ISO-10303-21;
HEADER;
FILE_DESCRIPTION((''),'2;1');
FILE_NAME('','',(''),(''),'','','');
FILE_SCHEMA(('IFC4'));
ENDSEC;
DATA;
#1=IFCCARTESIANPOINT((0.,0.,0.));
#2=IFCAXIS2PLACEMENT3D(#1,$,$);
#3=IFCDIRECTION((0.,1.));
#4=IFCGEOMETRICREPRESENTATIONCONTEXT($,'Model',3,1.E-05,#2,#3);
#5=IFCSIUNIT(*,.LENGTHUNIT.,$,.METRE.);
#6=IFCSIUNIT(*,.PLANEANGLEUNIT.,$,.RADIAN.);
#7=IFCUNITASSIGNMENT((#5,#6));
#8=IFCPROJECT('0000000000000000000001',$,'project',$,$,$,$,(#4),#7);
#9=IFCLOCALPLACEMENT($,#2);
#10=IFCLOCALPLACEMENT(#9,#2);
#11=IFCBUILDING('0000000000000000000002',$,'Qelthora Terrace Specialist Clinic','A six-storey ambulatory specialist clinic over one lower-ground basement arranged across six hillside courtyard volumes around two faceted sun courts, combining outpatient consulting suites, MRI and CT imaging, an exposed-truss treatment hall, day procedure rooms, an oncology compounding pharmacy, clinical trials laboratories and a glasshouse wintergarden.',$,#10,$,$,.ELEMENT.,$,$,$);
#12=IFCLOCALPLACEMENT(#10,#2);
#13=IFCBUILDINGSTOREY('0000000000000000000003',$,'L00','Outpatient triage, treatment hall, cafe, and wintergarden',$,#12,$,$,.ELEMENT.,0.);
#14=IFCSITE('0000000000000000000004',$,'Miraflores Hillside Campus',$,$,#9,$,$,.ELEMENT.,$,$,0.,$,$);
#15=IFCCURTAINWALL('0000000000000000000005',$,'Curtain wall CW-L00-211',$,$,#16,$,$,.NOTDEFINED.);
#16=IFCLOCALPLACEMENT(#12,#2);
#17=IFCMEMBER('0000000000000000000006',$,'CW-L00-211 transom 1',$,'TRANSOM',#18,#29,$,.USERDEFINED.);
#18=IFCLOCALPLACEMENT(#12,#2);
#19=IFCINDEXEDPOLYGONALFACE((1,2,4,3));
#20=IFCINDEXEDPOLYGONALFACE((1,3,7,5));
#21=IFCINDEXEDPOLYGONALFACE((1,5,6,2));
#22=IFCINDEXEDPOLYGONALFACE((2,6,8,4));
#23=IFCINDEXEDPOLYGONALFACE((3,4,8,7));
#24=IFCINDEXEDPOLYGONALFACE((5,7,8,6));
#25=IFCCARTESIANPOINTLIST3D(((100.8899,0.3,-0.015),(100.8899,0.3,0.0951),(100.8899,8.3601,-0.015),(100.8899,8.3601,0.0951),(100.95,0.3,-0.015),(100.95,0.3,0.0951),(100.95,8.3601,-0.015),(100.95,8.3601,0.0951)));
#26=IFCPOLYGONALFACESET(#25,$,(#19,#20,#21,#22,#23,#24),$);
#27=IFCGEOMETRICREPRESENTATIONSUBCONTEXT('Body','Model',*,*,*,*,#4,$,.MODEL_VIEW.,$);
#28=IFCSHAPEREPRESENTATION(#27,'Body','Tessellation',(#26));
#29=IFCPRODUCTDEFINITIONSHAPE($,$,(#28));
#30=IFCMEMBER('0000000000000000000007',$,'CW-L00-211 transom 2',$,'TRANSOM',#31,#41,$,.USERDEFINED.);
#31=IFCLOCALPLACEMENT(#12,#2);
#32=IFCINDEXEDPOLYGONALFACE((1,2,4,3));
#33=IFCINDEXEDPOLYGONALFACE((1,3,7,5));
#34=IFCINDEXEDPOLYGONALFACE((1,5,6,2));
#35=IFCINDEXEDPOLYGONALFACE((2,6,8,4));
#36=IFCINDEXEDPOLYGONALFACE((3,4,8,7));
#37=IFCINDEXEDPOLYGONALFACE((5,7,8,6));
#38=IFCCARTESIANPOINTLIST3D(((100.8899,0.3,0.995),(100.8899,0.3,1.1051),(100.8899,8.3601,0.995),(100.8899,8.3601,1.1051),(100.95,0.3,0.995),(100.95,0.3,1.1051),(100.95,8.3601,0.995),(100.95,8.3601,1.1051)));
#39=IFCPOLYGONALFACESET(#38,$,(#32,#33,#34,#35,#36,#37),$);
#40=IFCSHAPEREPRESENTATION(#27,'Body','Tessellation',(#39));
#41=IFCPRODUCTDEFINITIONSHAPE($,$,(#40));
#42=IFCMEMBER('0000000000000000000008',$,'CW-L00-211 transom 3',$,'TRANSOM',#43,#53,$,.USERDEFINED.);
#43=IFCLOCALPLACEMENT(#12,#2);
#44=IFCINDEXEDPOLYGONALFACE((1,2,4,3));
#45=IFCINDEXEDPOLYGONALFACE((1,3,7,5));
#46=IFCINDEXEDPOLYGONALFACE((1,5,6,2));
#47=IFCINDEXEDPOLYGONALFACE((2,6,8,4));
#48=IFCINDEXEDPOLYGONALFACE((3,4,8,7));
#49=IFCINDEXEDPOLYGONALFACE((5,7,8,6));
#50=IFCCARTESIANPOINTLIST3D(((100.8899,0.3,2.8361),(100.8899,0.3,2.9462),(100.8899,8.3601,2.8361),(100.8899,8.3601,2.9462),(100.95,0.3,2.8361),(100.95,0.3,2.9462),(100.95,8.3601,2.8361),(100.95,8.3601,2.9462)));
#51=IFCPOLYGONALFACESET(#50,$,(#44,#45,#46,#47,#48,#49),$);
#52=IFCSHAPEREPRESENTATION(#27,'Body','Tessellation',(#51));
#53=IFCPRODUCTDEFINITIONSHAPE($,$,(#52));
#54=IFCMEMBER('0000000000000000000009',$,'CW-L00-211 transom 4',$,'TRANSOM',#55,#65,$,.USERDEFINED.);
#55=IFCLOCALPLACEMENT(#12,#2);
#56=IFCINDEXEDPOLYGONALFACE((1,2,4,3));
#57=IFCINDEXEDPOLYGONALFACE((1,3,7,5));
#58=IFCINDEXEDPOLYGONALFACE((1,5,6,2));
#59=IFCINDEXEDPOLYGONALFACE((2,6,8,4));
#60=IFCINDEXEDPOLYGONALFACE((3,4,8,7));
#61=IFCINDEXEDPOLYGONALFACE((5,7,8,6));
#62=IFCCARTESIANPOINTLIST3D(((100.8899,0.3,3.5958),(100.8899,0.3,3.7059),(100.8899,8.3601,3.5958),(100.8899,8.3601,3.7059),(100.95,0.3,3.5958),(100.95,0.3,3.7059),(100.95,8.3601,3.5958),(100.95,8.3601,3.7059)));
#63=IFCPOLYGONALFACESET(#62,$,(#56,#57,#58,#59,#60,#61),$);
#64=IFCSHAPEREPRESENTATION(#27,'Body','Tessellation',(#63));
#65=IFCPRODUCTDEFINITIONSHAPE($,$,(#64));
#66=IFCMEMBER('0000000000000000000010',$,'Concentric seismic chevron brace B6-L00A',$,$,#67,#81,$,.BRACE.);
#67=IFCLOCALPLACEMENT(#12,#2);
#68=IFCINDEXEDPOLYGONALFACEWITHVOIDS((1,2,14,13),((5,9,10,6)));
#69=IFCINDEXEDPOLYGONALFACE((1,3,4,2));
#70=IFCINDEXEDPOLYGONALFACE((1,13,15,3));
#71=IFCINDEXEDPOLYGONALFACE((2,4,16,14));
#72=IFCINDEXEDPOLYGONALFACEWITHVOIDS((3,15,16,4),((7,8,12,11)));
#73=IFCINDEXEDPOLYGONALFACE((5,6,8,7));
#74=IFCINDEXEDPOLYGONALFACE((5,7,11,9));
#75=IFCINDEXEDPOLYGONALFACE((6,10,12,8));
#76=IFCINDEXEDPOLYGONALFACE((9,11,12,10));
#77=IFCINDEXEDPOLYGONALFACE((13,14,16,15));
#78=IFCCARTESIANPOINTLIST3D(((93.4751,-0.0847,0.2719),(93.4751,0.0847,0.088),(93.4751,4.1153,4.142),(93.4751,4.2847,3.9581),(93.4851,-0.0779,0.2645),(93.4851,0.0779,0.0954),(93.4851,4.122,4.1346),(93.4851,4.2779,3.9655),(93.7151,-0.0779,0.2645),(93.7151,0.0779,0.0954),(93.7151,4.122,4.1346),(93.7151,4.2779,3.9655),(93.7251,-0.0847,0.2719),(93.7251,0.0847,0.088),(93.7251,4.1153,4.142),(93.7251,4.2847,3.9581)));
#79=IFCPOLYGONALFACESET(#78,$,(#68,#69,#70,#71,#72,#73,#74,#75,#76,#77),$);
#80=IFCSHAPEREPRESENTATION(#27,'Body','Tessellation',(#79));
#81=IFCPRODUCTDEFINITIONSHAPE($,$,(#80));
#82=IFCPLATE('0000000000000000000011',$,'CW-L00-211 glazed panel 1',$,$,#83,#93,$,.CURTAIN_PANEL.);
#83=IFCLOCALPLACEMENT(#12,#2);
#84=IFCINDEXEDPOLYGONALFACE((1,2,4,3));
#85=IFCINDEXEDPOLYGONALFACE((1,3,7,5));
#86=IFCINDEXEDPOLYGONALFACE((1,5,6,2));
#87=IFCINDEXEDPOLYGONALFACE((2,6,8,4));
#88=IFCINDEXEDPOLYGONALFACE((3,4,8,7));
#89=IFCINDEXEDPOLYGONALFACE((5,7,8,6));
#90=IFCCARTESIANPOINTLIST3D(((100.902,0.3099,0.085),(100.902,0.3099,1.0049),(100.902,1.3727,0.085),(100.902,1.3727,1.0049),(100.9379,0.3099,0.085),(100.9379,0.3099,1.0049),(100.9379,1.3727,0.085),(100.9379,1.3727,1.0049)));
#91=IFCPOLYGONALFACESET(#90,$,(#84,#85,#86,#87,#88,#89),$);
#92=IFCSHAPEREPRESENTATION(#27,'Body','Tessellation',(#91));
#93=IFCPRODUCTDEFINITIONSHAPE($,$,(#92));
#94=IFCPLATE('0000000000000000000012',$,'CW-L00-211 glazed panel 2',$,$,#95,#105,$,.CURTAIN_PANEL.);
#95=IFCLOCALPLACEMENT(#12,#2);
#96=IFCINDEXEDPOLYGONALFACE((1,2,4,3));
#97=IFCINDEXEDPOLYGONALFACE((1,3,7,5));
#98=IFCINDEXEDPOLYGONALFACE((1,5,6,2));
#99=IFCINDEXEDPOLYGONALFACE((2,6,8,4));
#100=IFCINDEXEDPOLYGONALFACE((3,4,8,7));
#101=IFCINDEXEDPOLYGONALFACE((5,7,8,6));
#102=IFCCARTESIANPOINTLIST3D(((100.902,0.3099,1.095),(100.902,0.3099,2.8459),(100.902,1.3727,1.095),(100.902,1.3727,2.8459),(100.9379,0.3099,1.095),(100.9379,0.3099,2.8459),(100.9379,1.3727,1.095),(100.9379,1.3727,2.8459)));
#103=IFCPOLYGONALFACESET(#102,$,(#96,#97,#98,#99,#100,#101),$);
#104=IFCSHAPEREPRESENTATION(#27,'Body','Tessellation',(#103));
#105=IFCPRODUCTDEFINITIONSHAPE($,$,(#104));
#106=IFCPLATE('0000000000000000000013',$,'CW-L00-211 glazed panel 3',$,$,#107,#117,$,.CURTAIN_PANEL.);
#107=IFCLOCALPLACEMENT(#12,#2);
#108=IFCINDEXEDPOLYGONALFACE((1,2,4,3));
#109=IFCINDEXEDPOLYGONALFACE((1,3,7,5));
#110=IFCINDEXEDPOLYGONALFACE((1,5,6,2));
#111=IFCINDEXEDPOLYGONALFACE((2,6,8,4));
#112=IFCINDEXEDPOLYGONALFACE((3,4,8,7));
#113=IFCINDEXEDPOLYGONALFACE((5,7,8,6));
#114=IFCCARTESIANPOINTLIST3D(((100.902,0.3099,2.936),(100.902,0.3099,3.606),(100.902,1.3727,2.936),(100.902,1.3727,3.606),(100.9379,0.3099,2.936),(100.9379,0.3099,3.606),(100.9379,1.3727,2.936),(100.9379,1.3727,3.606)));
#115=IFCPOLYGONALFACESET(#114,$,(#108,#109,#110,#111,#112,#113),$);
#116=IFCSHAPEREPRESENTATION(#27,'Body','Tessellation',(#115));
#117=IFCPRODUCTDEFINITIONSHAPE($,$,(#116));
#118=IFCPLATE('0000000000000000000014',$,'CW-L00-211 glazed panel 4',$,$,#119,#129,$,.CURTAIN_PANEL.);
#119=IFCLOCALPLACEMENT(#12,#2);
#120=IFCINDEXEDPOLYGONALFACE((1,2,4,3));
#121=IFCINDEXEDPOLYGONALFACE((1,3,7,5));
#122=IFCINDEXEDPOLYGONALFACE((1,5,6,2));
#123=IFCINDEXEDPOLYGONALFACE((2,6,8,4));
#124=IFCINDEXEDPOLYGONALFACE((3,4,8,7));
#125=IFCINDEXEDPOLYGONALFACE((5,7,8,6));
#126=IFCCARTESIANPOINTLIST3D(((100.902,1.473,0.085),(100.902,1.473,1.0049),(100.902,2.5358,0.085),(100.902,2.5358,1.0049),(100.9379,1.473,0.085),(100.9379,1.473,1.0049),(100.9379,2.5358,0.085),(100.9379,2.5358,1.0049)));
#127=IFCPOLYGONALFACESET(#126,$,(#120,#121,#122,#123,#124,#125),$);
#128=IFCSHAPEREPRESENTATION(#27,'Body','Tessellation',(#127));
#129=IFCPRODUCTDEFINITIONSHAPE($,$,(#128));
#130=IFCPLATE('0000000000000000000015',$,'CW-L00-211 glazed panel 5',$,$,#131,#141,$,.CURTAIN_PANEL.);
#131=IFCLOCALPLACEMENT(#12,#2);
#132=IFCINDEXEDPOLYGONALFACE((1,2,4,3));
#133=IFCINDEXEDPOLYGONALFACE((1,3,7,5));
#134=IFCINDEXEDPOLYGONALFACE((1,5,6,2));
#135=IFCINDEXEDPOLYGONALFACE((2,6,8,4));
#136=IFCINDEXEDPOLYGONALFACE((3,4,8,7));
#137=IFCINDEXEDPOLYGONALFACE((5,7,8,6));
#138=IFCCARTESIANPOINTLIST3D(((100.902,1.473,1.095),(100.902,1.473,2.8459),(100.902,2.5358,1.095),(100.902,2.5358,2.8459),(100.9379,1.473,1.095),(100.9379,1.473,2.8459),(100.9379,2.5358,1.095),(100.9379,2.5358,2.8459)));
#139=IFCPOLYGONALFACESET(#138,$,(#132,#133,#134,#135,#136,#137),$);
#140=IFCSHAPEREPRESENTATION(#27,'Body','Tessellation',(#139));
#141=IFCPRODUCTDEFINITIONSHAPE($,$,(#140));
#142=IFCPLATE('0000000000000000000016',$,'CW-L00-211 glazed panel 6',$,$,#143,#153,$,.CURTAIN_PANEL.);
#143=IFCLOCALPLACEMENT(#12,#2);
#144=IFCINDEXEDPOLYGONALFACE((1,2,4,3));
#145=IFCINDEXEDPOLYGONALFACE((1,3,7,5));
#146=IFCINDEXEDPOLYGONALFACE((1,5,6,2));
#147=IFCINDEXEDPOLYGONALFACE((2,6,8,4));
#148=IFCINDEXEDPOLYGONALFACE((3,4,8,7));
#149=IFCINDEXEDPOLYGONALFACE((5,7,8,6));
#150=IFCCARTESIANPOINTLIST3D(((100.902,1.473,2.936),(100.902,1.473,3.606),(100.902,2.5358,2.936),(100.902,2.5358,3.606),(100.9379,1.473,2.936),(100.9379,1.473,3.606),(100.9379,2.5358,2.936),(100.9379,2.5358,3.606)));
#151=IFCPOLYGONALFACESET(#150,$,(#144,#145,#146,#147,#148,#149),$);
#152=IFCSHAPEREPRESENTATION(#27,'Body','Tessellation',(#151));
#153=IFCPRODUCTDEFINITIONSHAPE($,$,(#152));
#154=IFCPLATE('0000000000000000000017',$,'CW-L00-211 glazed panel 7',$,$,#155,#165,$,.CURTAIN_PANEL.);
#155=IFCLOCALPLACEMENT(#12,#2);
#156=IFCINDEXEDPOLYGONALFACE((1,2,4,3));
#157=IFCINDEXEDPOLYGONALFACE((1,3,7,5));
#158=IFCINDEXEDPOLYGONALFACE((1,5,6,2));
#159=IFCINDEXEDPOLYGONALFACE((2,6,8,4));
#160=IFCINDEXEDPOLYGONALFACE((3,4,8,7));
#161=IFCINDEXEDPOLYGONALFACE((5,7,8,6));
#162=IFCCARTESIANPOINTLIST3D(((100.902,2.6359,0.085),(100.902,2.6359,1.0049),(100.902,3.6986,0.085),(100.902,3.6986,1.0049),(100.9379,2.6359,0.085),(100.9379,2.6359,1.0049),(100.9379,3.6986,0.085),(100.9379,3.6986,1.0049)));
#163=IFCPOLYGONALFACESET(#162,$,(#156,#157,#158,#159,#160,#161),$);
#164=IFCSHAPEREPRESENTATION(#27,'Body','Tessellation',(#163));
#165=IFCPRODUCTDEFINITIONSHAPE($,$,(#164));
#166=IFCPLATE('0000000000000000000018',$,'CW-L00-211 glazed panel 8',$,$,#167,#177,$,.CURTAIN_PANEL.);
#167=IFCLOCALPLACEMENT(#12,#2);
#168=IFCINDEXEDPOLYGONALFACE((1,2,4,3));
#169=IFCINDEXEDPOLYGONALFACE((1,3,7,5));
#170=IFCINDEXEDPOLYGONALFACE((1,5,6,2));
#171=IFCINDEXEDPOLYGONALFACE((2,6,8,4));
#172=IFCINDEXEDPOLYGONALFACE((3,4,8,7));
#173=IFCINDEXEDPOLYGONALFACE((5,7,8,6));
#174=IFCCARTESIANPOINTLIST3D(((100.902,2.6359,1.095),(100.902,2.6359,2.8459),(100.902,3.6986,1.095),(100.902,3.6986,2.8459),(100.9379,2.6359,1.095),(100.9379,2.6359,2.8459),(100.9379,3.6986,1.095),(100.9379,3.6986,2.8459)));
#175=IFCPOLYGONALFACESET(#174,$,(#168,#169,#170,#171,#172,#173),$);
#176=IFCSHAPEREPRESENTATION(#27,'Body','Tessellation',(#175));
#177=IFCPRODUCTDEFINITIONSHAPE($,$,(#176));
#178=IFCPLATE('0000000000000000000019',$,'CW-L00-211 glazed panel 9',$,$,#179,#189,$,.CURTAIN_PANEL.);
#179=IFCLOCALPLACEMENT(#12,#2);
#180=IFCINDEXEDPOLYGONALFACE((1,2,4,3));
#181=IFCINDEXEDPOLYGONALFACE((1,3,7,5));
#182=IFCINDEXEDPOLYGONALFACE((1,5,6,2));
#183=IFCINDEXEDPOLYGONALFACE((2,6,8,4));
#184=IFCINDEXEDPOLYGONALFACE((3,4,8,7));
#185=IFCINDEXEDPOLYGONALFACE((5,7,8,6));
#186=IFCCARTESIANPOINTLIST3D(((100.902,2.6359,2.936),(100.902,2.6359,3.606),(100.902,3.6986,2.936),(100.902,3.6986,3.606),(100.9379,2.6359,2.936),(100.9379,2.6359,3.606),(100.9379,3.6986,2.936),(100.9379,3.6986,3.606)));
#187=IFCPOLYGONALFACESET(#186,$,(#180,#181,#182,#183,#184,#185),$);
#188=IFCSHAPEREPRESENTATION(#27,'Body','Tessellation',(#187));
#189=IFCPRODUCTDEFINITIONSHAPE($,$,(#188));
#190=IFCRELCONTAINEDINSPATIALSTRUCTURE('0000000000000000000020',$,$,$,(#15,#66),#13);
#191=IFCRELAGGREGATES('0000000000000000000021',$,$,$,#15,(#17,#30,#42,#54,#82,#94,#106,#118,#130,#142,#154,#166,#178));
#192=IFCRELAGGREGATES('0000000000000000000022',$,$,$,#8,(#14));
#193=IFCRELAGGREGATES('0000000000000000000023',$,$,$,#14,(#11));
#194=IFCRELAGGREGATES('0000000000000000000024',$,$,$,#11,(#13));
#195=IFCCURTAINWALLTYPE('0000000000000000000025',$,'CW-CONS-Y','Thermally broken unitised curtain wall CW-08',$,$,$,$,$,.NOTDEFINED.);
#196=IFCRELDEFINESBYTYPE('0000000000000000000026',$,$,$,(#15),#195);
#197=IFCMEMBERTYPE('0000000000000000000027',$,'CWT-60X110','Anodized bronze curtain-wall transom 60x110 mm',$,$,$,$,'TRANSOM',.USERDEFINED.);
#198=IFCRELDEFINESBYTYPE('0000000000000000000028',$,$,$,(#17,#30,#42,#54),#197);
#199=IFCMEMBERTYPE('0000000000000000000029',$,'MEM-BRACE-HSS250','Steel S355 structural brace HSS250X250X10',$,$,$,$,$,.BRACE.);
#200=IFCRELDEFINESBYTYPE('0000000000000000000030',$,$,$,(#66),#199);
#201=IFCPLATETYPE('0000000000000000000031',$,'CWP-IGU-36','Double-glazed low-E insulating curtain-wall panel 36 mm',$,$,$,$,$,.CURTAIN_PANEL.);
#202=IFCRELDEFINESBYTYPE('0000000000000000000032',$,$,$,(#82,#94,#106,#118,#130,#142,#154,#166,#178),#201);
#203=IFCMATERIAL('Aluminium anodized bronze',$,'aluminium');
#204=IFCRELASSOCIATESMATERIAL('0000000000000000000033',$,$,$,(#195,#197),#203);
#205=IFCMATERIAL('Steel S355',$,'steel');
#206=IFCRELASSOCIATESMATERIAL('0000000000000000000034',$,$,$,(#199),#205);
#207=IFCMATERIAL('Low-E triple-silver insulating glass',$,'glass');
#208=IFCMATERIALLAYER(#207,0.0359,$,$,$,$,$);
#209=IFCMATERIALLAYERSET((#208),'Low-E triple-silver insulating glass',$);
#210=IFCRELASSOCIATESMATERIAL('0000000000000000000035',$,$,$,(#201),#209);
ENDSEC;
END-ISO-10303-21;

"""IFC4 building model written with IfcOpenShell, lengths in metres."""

from ifc_helpers import new_model, si_unit, direction, frame, origin, origin_2d, place, context, subcontext, project, spatial, rectangle, hollow_rectangle, extrude, material, layer, layer_set, material_profile, profile_set, type_object, element, aggregate, save


model = new_model("IFC4")

# Units and contexts
model_context = context("Model", 3, precision=1e-05, world=origin(), true_north=direction((0.0, 1.0)))
body_context = subcontext(model_context, "Body", "Model", "MODEL_VIEW")
ifc_project = project(units=[si_unit("LENGTHUNIT", "METRE"), si_unit("PLANEANGLEUNIT", "RADIAN")], contexts=[model_context])

# Site, building, storey
site_placement = place(None, origin())
site = spatial("IfcSite", under=ifc_project, at=site_placement, Name="Miraflores Hillside Campus", CompositionType="ELEMENT", RefElevation=0.0)
building_placement = place(site_placement, origin())
building = spatial("IfcBuilding", under=site, at=building_placement, Name="Qelthora Terrace Specialist Clinic", Description="A six-storey ambulatory specialist clinic over one lower-ground basement arranged across six hillside courtyard volumes around two faceted sun courts, combining outpatient consulting suites, MRI and CT imaging, an exposed-truss treatment hall, day procedure rooms, an oncology compounding pharmacy, clinical trials laboratories and a glasshouse wintergarden.", CompositionType="ELEMENT")
storey_placement = place(building_placement, origin())
storey = spatial("IfcBuildingStorey", under=building, at=storey_placement, Name="L00", Description="Outpatient triage, treatment hall, cafe, and wintergarden", CompositionType="ELEMENT", Elevation=0.0)

# Shared definitions
ifc_material_1 = material(Name="Steel S355", Category="steel")

# Curtain wall, members
ifc_material_2 = material(Name="Aluminium anodized bronze", Category="aluminium")
curtain_wall_type = type_object("IfcCurtainWallType", Name="CW-CONS-Y", Description="Thermally broken unitised curtain wall CW-08", PredefinedType="NOTDEFINED", material=ifc_material_2)
curtain_wall_placement = place(storey_placement, origin())
curtain_wall = element("IfcCurtainWall", 1, at=curtain_wall_placement, inside=storey, type_object=curtain_wall_type, Name="Curtain wall CW-L00-211", PredefinedType="NOTDEFINED")
ifc_material_profile_1 = material_profile(ifc_material_2, rectangle(XDim=0.0601, YDim=0.1101, at=origin_2d()), Name="CWT60X110")
ifc_profile_set_1 = profile_set([ifc_material_profile_1], Name="Aluminium anodized bronze")
member_type_1 = type_object("IfcMemberType", Name="CWT-60X110", Description="Anodized bronze curtain-wall transom 60x110 mm", ElementType="TRANSOM", PredefinedType="USERDEFINED", material=ifc_profile_set_1)
member_1_placement = place(storey_placement, frame((100.9199, 0.3, 0.04), z_axis=(0.0, 1.0, 0.0), x_axis=(-1.0, 0.0, 0.0)))
member_1 = element("IfcMember", 2, at=member_1_placement, type_object=member_type_1, Name="CW-L00-211 transom 1", ObjectType="TRANSOM", PredefinedType="USERDEFINED", context=body_context, shape_type="SweptSolid", body=[
    extrude(rectangle(XDim=0.0601, YDim=0.1101, at=origin_2d()), origin(), (0.0, 0.0, 1.0), 8.0601),
])
member_2_placement = place(storey_placement, frame((100.9199, 0.3, 1.05), z_axis=(0.0, 1.0, 0.0), x_axis=(-1.0, 0.0, 0.0)))
member_2 = element("IfcMember", 3, at=member_2_placement, type_object=member_type_1, Name="CW-L00-211 transom 2", ObjectType="TRANSOM", PredefinedType="USERDEFINED", context=body_context, shape_type="SweptSolid", body=[
    extrude(rectangle(XDim=0.0601, YDim=0.1101, at=origin_2d()), origin(), (0.0, 0.0, 1.0), 8.0601),
])
member_3_placement = place(storey_placement, frame((100.9199, 0.3, 2.8911), z_axis=(0.0, 1.0, 0.0), x_axis=(-1.0, 0.0, 0.0)))
member_3 = element("IfcMember", 4, at=member_3_placement, type_object=member_type_1, Name="CW-L00-211 transom 3", ObjectType="TRANSOM", PredefinedType="USERDEFINED", context=body_context, shape_type="SweptSolid", body=[
    extrude(rectangle(XDim=0.0601, YDim=0.1101, at=origin_2d()), origin(), (0.0, 0.0, 1.0), 8.0601),
])
member_4_placement = place(storey_placement, frame((100.9199, 0.3, 3.6509), z_axis=(0.0, 1.0, 0.0), x_axis=(-1.0, 0.0, 0.0)))
member_4 = element("IfcMember", 5, at=member_4_placement, type_object=member_type_1, Name="CW-L00-211 transom 4", ObjectType="TRANSOM", PredefinedType="USERDEFINED", context=body_context, shape_type="SweptSolid", body=[
    extrude(rectangle(XDim=0.0601, YDim=0.1101, at=origin_2d()), origin(), (0.0, 0.0, 1.0), 8.0601),
])

# Member
ifc_material_profile_2 = material_profile(ifc_material_1, hollow_rectangle(XDim=0.25, YDim=0.25, WallThickness=0.01, at=origin_2d()), Name="HSS250X250X10")
ifc_profile_set_2 = profile_set([ifc_material_profile_2], Name="Steel S355")
member_type_2 = type_object("IfcMemberType", Name="MEM-BRACE-HSS250", Description="Steel S355 structural brace HSS250X250X10", PredefinedType="BRACE", material=ifc_profile_set_2)
member_5_placement = place(storey_placement, frame((93.6001, 0.0, 0.1799), z_axis=(0.0, 0.735393, 0.677641), x_axis=(-1.0, 0.0, 0.0)))
element("IfcMember", 6, at=member_5_placement, inside=storey, type_object=member_type_2, Name="Concentric seismic chevron brace B6-L00A", PredefinedType="BRACE", context=body_context, shape_type="SweptSolid", body=[
    extrude(hollow_rectangle(XDim=0.25, YDim=0.25, WallThickness=0.01, at=origin_2d()), origin(), (0.0, 0.0, 1.0), 5.7112),
])

# Plates
ifc_material_3 = material(Name="Low-E triple-silver insulating glass", Category="glass")
ifc_layer_1 = layer(ifc_material_3, 0.0359)
ifc_layer_set_1 = layer_set([ifc_layer_1], Name="Low-E triple-silver insulating glass")
plate_type_1 = type_object("IfcPlateType", Name="CWP-IGU-36", Description="Double-glazed low-E insulating curtain-wall panel 36 mm", PredefinedType="CURTAIN_PANEL", material=ifc_layer_set_1)
plate_1_placement = place(storey_placement, frame((100.9199, 0.8413, 0.085), z_axis=(0.0, 0.0, 1.0), x_axis=(0.0, 1.0, 0.0)))
plate_1 = element("IfcPlate", 7, at=plate_1_placement, type_object=plate_type_1, Name="CW-L00-211 glazed panel 1", PredefinedType="CURTAIN_PANEL", context=body_context, shape_type="SweptSolid", body=[
    extrude(rectangle(XDim=1.0627, YDim=0.0359, at=origin_2d()), origin(), (0.0, 0.0, 1.0), 0.9199),
])
plate_2_placement = place(storey_placement, frame((100.9199, 0.8413, 1.095), z_axis=(0.0, 0.0, 1.0), x_axis=(0.0, 1.0, 0.0)))
plate_2 = element("IfcPlate", 8, at=plate_2_placement, type_object=plate_type_1, Name="CW-L00-211 glazed panel 2", PredefinedType="CURTAIN_PANEL", context=body_context, shape_type="SweptSolid", body=[
    extrude(rectangle(XDim=1.0627, YDim=0.0359, at=origin_2d()), origin(), (0.0, 0.0, 1.0), 1.751),
])
plate_3_placement = place(storey_placement, frame((100.9199, 0.8413, 2.936), z_axis=(0.0, 0.0, 1.0), x_axis=(0.0, 1.0, 0.0)))
plate_3 = element("IfcPlate", 9, at=plate_3_placement, type_object=plate_type_1, Name="CW-L00-211 glazed panel 3", PredefinedType="CURTAIN_PANEL", context=body_context, shape_type="SweptSolid", body=[
    extrude(rectangle(XDim=1.0627, YDim=0.0359, at=origin_2d()), origin(), (0.0, 0.0, 1.0), 0.6699),
])
plate_4_placement = place(storey_placement, frame((100.9199, 2.0044, 0.085), z_axis=(0.0, 0.0, 1.0), x_axis=(0.0, 1.0, 0.0)))
plate_4 = element("IfcPlate", 10, at=plate_4_placement, type_object=plate_type_1, Name="CW-L00-211 glazed panel 4", PredefinedType="CURTAIN_PANEL", context=body_context, shape_type="SweptSolid", body=[
    extrude(rectangle(XDim=1.0627, YDim=0.0359, at=origin_2d()), origin(), (0.0, 0.0, 1.0), 0.9199),
])
plate_5_placement = place(storey_placement, frame((100.9199, 2.0044, 1.095), z_axis=(0.0, 0.0, 1.0), x_axis=(0.0, 1.0, 0.0)))
plate_5 = element("IfcPlate", 11, at=plate_5_placement, type_object=plate_type_1, Name="CW-L00-211 glazed panel 5", PredefinedType="CURTAIN_PANEL", context=body_context, shape_type="SweptSolid", body=[
    extrude(rectangle(XDim=1.0627, YDim=0.0359, at=origin_2d()), origin(), (0.0, 0.0, 1.0), 1.751),
])
plate_6_placement = place(storey_placement, frame((100.9199, 2.0044, 2.936), z_axis=(0.0, 0.0, 1.0), x_axis=(0.0, 1.0, 0.0)))
plate_6 = element("IfcPlate", 12, at=plate_6_placement, type_object=plate_type_1, Name="CW-L00-211 glazed panel 6", PredefinedType="CURTAIN_PANEL", context=body_context, shape_type="SweptSolid", body=[
    extrude(rectangle(XDim=1.0627, YDim=0.0359, at=origin_2d()), origin(), (0.0, 0.0, 1.0), 0.6699),
])
plate_7_placement = place(storey_placement, frame((100.9199, 3.1672, 0.085), z_axis=(0.0, 0.0, 1.0), x_axis=(0.0, 1.0, 0.0)))
plate_7 = element("IfcPlate", 13, at=plate_7_placement, type_object=plate_type_1, Name="CW-L00-211 glazed panel 7", PredefinedType="CURTAIN_PANEL", context=body_context, shape_type="SweptSolid", body=[
    extrude(rectangle(XDim=1.0627, YDim=0.0359, at=origin_2d()), origin(), (0.0, 0.0, 1.0), 0.9199),
])
plate_8_placement = place(storey_placement, frame((100.9199, 3.1672, 1.095), z_axis=(0.0, 0.0, 1.0), x_axis=(0.0, 1.0, 0.0)))
plate_8 = element("IfcPlate", 14, at=plate_8_placement, type_object=plate_type_1, Name="CW-L00-211 glazed panel 8", PredefinedType="CURTAIN_PANEL", context=body_context, shape_type="SweptSolid", body=[
    extrude(rectangle(XDim=1.0627, YDim=0.0359, at=origin_2d()), origin(), (0.0, 0.0, 1.0), 1.751),
])
plate_9_placement = place(storey_placement, frame((100.9199, 3.1672, 2.936), z_axis=(0.0, 0.0, 1.0), x_axis=(0.0, 1.0, 0.0)))
plate_9 = element("IfcPlate", 15, at=plate_9_placement, type_object=plate_type_1, Name="CW-L00-211 glazed panel 9", PredefinedType="CURTAIN_PANEL", context=body_context, shape_type="SweptSolid", body=[
    extrude(rectangle(XDim=1.0627, YDim=0.0359, at=origin_2d()), origin(), (0.0, 0.0, 1.0), 0.6699),
])
aggregate(curtain_wall, [member_1, member_2, member_3, member_4, plate_1, plate_2, plate_3, plate_4, plate_5, plate_6, plate_7, plate_8, plate_9])

save(model, "model.ifc")
